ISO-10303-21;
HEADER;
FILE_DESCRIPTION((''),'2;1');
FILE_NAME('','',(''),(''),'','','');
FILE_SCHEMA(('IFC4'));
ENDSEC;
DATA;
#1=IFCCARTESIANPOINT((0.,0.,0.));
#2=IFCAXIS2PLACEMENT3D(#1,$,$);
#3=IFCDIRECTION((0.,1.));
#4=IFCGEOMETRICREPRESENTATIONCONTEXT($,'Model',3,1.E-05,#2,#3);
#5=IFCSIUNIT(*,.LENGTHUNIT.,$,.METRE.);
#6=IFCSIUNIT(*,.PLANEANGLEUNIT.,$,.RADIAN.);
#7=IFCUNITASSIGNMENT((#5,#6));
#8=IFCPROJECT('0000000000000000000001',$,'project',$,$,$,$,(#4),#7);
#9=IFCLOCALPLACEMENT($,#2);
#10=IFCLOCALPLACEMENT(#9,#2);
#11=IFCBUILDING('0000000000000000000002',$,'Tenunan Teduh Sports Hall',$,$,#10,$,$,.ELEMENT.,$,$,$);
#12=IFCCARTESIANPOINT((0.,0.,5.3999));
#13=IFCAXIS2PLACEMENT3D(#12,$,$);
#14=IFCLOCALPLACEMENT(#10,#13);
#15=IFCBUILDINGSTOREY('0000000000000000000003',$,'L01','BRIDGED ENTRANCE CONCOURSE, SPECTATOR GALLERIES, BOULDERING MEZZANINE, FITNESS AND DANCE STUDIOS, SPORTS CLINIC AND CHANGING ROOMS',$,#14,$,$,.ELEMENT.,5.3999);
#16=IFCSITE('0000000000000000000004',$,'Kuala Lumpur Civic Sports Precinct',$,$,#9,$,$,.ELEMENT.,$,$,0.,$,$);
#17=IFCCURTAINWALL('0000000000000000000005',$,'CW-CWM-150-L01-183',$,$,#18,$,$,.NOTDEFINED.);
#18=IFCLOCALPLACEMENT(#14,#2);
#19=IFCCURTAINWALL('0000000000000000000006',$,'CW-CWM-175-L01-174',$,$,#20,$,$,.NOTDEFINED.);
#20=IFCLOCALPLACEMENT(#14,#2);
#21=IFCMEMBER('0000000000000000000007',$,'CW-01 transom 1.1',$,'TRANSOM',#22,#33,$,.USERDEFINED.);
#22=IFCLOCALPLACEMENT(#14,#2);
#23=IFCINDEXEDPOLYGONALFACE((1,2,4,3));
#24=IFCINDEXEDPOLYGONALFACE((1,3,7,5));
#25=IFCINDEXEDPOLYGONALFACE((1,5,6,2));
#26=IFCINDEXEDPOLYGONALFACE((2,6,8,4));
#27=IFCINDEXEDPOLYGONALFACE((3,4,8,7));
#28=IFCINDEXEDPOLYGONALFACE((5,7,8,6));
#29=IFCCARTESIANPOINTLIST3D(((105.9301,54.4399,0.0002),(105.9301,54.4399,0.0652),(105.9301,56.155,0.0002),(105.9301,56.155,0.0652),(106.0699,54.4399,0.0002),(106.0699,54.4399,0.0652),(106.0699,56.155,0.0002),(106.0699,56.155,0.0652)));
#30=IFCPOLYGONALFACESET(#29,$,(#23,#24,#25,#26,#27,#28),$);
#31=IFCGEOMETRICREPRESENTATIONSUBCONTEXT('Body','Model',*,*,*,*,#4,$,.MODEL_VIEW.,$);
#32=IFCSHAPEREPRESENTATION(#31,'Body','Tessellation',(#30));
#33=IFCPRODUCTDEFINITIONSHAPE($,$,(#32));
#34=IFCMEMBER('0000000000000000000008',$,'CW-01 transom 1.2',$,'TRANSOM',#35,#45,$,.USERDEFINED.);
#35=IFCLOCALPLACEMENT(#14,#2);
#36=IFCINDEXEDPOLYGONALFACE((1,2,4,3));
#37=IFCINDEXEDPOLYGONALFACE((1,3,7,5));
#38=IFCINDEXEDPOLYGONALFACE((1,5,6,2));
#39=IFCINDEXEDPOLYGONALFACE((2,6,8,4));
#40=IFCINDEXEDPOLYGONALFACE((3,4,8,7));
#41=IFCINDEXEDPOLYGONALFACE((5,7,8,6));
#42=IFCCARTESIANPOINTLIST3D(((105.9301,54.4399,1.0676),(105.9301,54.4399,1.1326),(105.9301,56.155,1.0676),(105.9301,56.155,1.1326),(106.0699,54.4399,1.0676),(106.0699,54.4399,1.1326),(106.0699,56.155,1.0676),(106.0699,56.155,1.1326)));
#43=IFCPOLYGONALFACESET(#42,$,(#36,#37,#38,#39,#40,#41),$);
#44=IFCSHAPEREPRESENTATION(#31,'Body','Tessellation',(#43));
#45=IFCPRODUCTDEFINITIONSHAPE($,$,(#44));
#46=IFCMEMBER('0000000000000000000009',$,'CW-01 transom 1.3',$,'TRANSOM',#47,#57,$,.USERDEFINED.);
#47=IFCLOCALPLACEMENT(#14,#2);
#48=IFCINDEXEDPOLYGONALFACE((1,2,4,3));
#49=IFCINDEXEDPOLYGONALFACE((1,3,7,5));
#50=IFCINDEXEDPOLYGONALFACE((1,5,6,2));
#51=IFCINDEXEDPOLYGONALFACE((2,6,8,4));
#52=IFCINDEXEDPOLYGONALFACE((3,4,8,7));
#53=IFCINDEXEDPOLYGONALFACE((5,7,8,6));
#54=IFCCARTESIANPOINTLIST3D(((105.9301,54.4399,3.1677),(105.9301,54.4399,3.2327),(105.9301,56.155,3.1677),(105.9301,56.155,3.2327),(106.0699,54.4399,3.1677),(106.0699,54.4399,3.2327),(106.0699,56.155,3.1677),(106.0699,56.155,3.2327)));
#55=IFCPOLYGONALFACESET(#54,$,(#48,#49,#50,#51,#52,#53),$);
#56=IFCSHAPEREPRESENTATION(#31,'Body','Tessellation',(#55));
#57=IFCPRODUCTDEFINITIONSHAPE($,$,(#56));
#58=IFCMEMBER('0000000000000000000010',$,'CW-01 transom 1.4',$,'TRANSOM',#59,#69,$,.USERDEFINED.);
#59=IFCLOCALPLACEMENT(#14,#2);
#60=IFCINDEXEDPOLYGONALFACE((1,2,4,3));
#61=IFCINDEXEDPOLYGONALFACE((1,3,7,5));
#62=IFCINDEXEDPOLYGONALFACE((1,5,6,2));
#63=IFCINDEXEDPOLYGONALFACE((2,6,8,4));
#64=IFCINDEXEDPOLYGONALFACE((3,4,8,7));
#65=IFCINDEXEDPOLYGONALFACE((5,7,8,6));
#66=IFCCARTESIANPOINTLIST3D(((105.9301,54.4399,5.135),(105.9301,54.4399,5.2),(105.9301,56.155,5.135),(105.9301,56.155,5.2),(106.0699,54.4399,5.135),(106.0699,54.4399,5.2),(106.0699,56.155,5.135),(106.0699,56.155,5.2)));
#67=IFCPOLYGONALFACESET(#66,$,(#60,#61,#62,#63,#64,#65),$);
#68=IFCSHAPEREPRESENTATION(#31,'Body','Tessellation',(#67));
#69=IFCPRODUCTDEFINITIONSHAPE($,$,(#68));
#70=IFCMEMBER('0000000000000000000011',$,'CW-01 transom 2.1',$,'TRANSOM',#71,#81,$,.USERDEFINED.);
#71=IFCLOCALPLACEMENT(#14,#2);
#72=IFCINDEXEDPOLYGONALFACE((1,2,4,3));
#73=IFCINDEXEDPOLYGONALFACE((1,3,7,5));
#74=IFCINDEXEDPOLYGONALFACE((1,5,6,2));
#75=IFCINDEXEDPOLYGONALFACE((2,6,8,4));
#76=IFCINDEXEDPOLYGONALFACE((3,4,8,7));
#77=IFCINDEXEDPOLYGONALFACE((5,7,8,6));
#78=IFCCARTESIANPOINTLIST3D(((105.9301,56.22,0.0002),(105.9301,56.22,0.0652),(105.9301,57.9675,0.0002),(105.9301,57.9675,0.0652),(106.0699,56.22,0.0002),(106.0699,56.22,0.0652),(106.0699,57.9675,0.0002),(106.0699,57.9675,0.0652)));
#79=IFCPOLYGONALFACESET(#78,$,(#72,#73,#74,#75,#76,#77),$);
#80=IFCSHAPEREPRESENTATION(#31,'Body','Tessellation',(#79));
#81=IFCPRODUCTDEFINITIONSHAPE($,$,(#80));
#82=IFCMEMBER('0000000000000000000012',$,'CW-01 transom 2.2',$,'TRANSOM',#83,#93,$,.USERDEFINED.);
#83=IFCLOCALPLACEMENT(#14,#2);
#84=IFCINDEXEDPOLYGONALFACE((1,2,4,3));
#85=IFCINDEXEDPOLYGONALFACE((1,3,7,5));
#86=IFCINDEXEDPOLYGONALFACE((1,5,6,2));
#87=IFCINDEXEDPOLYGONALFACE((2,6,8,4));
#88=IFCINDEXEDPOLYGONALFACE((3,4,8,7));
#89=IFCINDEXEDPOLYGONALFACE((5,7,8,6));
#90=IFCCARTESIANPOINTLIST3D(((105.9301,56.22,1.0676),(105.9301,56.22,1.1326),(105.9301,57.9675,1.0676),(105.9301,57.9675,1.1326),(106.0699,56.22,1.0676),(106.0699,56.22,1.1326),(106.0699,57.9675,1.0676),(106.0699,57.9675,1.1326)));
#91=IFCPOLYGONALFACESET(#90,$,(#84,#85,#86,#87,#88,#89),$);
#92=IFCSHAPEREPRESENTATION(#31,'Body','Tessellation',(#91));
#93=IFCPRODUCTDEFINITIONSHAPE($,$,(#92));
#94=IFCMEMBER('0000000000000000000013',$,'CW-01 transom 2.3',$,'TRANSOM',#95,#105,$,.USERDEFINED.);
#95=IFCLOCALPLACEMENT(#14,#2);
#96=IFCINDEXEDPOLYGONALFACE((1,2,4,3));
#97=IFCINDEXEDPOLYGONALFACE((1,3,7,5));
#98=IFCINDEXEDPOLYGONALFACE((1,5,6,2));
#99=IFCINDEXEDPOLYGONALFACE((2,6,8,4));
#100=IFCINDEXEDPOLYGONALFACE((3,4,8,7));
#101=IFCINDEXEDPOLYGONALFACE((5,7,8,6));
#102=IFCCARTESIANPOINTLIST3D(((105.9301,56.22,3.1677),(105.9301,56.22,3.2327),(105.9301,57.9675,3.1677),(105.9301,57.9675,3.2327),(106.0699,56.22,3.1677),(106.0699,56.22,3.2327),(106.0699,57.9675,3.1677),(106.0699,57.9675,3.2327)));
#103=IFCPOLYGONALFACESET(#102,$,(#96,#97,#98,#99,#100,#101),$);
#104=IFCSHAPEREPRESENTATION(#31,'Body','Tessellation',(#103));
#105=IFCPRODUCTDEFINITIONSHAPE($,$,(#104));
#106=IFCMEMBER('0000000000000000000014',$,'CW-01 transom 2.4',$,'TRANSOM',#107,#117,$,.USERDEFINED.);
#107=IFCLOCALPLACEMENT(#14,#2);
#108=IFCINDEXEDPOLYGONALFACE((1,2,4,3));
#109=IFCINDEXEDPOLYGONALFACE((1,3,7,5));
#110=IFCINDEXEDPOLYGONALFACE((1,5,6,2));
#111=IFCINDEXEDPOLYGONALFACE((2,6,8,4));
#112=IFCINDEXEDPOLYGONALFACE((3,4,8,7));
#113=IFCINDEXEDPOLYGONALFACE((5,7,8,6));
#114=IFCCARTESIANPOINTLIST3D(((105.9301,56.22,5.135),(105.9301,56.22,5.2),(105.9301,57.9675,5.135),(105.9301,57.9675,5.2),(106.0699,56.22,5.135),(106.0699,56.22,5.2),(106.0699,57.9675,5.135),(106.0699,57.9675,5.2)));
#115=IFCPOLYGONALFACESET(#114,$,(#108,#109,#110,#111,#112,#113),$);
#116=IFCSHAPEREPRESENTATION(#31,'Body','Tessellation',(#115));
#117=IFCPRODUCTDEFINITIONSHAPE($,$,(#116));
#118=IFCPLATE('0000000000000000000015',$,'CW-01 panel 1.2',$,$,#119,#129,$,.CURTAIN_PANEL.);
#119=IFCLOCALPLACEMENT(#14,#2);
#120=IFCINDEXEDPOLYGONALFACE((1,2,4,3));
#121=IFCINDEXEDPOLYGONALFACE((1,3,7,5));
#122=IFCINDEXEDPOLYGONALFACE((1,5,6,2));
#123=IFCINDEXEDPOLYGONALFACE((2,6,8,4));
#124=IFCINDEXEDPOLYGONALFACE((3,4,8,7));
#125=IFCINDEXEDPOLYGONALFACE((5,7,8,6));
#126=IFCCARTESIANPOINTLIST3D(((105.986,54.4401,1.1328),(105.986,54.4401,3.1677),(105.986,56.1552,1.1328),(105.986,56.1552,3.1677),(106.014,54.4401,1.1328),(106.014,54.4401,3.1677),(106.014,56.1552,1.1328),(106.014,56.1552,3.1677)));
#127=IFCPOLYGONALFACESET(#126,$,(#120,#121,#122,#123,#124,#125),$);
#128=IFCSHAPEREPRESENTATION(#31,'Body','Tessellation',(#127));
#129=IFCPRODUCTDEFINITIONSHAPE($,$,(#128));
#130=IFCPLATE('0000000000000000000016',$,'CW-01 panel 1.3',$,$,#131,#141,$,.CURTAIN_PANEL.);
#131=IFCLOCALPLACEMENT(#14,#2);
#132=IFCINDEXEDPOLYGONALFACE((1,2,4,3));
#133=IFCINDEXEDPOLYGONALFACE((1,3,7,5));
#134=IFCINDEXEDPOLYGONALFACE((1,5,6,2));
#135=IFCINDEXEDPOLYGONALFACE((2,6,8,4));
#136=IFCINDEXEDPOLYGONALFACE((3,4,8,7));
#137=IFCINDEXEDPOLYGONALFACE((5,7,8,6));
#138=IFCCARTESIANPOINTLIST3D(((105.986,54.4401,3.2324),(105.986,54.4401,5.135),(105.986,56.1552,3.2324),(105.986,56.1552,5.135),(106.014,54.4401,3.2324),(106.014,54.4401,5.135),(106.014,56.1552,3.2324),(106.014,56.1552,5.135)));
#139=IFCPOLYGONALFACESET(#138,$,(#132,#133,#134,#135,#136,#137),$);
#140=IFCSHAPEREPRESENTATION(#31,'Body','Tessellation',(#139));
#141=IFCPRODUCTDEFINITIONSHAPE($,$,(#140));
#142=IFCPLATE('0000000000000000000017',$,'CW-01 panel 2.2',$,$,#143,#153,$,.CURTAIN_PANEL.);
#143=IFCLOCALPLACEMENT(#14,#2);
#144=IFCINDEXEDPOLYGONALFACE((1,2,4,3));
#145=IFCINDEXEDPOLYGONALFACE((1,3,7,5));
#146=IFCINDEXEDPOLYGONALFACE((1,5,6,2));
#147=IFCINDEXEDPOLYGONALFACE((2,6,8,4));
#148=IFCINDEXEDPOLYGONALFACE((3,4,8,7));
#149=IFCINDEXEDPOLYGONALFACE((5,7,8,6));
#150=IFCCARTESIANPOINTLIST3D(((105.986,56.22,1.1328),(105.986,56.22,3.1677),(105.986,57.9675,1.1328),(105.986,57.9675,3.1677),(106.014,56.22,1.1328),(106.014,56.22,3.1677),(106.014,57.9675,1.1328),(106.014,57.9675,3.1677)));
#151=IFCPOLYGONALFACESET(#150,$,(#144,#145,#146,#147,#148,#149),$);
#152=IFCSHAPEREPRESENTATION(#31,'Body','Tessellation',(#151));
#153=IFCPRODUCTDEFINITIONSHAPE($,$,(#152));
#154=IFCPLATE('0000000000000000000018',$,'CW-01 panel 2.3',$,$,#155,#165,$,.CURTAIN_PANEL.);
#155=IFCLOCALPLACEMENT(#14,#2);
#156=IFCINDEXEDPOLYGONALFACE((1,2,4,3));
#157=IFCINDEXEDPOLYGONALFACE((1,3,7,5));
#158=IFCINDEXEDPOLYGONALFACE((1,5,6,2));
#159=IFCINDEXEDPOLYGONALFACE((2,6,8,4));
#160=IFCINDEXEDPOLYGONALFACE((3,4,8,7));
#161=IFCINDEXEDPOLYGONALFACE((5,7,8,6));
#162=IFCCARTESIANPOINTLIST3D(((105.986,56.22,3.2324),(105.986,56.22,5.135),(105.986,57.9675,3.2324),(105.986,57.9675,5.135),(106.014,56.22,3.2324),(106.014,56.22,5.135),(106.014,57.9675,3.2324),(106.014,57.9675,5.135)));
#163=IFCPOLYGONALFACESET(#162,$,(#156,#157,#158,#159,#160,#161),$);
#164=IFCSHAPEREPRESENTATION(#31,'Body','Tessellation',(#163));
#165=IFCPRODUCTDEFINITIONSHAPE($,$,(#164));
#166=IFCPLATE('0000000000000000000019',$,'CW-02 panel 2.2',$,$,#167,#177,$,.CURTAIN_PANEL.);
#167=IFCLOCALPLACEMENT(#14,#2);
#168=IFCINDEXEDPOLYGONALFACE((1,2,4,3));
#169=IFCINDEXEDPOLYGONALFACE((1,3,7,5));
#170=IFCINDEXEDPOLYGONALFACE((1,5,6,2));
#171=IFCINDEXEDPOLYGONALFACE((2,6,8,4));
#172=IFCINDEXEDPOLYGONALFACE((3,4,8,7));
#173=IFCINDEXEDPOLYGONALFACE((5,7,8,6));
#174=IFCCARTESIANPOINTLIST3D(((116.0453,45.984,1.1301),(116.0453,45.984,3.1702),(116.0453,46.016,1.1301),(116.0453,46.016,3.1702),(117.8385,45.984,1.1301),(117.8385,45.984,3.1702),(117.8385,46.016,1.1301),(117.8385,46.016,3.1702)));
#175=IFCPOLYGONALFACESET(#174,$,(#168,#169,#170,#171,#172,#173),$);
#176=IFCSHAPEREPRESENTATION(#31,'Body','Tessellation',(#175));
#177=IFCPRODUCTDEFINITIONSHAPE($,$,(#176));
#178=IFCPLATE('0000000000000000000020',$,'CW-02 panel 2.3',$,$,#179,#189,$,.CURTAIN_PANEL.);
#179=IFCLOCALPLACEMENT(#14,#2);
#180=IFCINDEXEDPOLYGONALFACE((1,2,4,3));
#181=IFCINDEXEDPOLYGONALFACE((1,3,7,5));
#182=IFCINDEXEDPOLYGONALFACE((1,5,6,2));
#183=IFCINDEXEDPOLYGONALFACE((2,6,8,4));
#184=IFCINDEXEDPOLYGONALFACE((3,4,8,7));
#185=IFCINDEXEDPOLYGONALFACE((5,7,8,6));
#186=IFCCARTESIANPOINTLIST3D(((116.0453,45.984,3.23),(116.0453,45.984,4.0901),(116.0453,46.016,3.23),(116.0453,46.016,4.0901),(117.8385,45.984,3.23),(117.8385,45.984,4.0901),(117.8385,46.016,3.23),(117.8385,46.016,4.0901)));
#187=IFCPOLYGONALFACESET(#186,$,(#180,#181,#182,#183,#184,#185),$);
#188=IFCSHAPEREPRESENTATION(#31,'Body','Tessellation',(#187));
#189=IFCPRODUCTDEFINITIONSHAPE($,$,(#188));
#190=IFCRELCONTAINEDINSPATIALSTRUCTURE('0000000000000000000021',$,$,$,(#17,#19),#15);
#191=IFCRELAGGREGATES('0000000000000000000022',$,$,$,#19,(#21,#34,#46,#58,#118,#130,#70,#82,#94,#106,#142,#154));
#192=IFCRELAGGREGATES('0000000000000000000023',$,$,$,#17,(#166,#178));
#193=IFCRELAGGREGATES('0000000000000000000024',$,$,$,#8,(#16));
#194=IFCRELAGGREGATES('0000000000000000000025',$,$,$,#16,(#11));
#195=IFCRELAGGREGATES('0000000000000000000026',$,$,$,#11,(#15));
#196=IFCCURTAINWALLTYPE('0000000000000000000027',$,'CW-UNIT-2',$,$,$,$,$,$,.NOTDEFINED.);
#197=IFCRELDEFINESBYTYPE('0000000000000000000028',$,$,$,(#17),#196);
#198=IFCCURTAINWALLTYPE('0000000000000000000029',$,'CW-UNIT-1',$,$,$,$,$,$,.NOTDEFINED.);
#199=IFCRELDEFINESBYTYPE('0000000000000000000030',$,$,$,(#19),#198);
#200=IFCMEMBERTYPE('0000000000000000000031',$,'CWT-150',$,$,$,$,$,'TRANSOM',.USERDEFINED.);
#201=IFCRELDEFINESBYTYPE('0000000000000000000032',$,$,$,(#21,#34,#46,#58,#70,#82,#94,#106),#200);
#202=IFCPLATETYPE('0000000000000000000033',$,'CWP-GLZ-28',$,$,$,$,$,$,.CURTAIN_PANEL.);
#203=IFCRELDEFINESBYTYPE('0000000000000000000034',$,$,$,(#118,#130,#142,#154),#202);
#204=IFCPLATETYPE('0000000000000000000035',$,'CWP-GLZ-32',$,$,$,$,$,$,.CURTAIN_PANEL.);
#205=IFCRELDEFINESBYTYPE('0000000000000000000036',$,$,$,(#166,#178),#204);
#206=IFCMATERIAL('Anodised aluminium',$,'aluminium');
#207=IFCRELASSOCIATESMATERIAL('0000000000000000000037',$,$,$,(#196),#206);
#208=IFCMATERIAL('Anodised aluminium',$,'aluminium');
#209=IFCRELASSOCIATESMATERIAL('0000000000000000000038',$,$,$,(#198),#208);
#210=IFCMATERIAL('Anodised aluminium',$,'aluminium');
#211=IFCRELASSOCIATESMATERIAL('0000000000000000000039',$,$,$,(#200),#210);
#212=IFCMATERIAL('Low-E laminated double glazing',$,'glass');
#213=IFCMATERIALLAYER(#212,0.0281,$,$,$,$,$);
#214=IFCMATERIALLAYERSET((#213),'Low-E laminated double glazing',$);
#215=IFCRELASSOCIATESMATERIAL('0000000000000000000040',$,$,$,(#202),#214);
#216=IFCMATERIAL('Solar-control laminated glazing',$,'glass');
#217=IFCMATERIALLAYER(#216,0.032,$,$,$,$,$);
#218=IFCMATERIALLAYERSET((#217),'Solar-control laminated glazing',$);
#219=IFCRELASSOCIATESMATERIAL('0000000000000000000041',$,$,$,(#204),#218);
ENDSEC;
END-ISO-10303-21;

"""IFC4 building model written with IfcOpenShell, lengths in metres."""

from ifc_helpers import new_model, si_unit, direction, frame, origin, origin_2d, place, context, subcontext, project, spatial, rectangle, extrude, material, layer, layer_set, material_profile, profile_set, type_object, element, aggregate, save


model = new_model("IFC4")

# Units and contexts
model_context = context("Model", 3, precision=1e-05, world=origin(), true_north=direction((0.0, 1.0)))
body_context = subcontext(model_context, "Body", "Model", "MODEL_VIEW")
ifc_project = project(units=[si_unit("LENGTHUNIT", "METRE"), si_unit("PLANEANGLEUNIT", "RADIAN")], contexts=[model_context])

# Site, building, storey
site_placement = place(None, origin())
site = spatial("IfcSite", under=ifc_project, at=site_placement, Name="Kuala Lumpur Civic Sports Precinct", CompositionType="ELEMENT", RefElevation=0.0)
building_placement = place(site_placement, origin())
building = spatial("IfcBuilding", under=site, at=building_placement, Name="Tenunan Teduh Sports Hall", CompositionType="ELEMENT")
storey_placement = place(building_placement, frame((0.0, 0.0, 5.3999)))
storey = spatial("IfcBuildingStorey", under=building, at=storey_placement, Name="L01", Description="BRIDGED ENTRANCE CONCOURSE, SPECTATOR GALLERIES, BOULDERING MEZZANINE, FITNESS AND DANCE STUDIOS, SPORTS CLINIC AND CHANGING ROOMS", CompositionType="ELEMENT", Elevation=5.3999)

# Curtain walls
ifc_material_1 = material(Name="Anodised aluminium", Category="aluminium")
curtain_wall_type_1 = type_object("IfcCurtainWallType", Name="CW-UNIT-2", PredefinedType="NOTDEFINED", material=ifc_material_1)
curtain_wall_1_placement = place(storey_placement, origin())
curtain_wall_1 = element("IfcCurtainWall", 1, at=curtain_wall_1_placement, inside=storey, type_object=curtain_wall_type_1, Name="CW-CWM-150-L01-183", PredefinedType="NOTDEFINED")
ifc_material_2 = material(Name="Anodised aluminium", Category="aluminium")
curtain_wall_type_2 = type_object("IfcCurtainWallType", Name="CW-UNIT-1", PredefinedType="NOTDEFINED", material=ifc_material_2)
curtain_wall_2_placement = place(storey_placement, origin())
curtain_wall_2 = element("IfcCurtainWall", 2, at=curtain_wall_2_placement, inside=storey, type_object=curtain_wall_type_2, Name="CW-CWM-175-L01-174", PredefinedType="NOTDEFINED")

# Members
ifc_material_3 = material(Name="Anodised aluminium", Category="aluminium")
ifc_material_profile_1 = material_profile(ifc_material_3, rectangle(XDim=0.0649, YDim=0.1399, at=origin_2d()), Name="CWT 65x140")
ifc_profile_set_1 = profile_set([ifc_material_profile_1], Name="Anodised aluminium")
member_type_1 = type_object("IfcMemberType", Name="CWT-150", ElementType="TRANSOM", PredefinedType="USERDEFINED", material=ifc_profile_set_1)
member_1_placement = place(storey_placement, frame((106.0, 54.4399, 0.0327), z_axis=(0.0, 1.0, 0.0), x_axis=(0.0, 0.0, 1.0)))
member_1 = element("IfcMember", 3, at=member_1_placement, type_object=member_type_1, Name="CW-01 transom 1.1", ObjectType="TRANSOM", PredefinedType="USERDEFINED", context=body_context, shape_type="SweptSolid", body=[
    extrude(rectangle(XDim=0.0649, YDim=0.1399, at=origin_2d()), origin(), (0.0, 0.0, 1.0), 1.7151),
])
member_2_placement = place(storey_placement, frame((106.0, 54.4399, 1.1001), z_axis=(0.0, 1.0, 0.0), x_axis=(0.0, 0.0, 1.0)))
member_2 = element("IfcMember", 4, at=member_2_placement, type_object=member_type_1, Name="CW-01 transom 1.2", ObjectType="TRANSOM", PredefinedType="USERDEFINED", context=body_context, shape_type="SweptSolid", body=[
    extrude(rectangle(XDim=0.0649, YDim=0.1399, at=origin_2d()), origin(), (0.0, 0.0, 1.0), 1.7151),
])
member_3_placement = place(storey_placement, frame((106.0, 54.4399, 3.2002), z_axis=(0.0, 1.0, 0.0), x_axis=(0.0, 0.0, 1.0)))
member_3 = element("IfcMember", 5, at=member_3_placement, type_object=member_type_1, Name="CW-01 transom 1.3", ObjectType="TRANSOM", PredefinedType="USERDEFINED", context=body_context, shape_type="SweptSolid", body=[
    extrude(rectangle(XDim=0.0649, YDim=0.1399, at=origin_2d()), origin(), (0.0, 0.0, 1.0), 1.7151),
])
member_4_placement = place(storey_placement, frame((106.0, 54.4399, 5.1675), z_axis=(0.0, 1.0, 0.0), x_axis=(0.0, 0.0, 1.0)))
member_4 = element("IfcMember", 6, at=member_4_placement, type_object=member_type_1, Name="CW-01 transom 1.4", ObjectType="TRANSOM", PredefinedType="USERDEFINED", context=body_context, shape_type="SweptSolid", body=[
    extrude(rectangle(XDim=0.0649, YDim=0.1399, at=origin_2d()), origin(), (0.0, 0.0, 1.0), 1.7151),
])
member_5_placement = place(storey_placement, frame((106.0, 56.22, 0.0327), z_axis=(0.0, 1.0, 0.0), x_axis=(0.0, 0.0, 1.0)))
member_5 = element("IfcMember", 7, at=member_5_placement, type_object=member_type_1, Name="CW-01 transom 2.1", ObjectType="TRANSOM", PredefinedType="USERDEFINED", context=body_context, shape_type="SweptSolid", body=[
    extrude(rectangle(XDim=0.0649, YDim=0.1399, at=origin_2d()), origin(), (0.0, 0.0, 1.0), 1.7476),
])
member_6_placement = place(storey_placement, frame((106.0, 56.22, 1.1001), z_axis=(0.0, 1.0, 0.0), x_axis=(0.0, 0.0, 1.0)))
member_6 = element("IfcMember", 8, at=member_6_placement, type_object=member_type_1, Name="CW-01 transom 2.2", ObjectType="TRANSOM", PredefinedType="USERDEFINED", context=body_context, shape_type="SweptSolid", body=[
    extrude(rectangle(XDim=0.0649, YDim=0.1399, at=origin_2d()), origin(), (0.0, 0.0, 1.0), 1.7476),
])
member_7_placement = place(storey_placement, frame((106.0, 56.22, 3.2002), z_axis=(0.0, 1.0, 0.0), x_axis=(0.0, 0.0, 1.0)))
member_7 = element("IfcMember", 9, at=member_7_placement, type_object=member_type_1, Name="CW-01 transom 2.3", ObjectType="TRANSOM", PredefinedType="USERDEFINED", context=body_context, shape_type="SweptSolid", body=[
    extrude(rectangle(XDim=0.0649, YDim=0.1399, at=origin_2d()), origin(), (0.0, 0.0, 1.0), 1.7476),
])
member_8_placement = place(storey_placement, frame((106.0, 56.22, 5.1675), z_axis=(0.0, 1.0, 0.0), x_axis=(0.0, 0.0, 1.0)))
member_8 = element("IfcMember", 10, at=member_8_placement, type_object=member_type_1, Name="CW-01 transom 2.4", ObjectType="TRANSOM", PredefinedType="USERDEFINED", context=body_context, shape_type="SweptSolid", body=[
    extrude(rectangle(XDim=0.0649, YDim=0.1399, at=origin_2d()), origin(), (0.0, 0.0, 1.0), 1.7476),
])

# Plates
ifc_material_4 = material(Name="Low-E laminated double glazing", Category="glass")
ifc_layer_1 = layer(ifc_material_4, 0.0281)
ifc_layer_set_1 = layer_set([ifc_layer_1], Name="Low-E laminated double glazing")
plate_type_1 = type_object("IfcPlateType", Name="CWP-GLZ-28", PredefinedType="CURTAIN_PANEL", material=ifc_layer_set_1)
plate_1_placement = place(storey_placement, frame((106.0, 55.2976, 1.1328), z_axis=(0.0, 0.0, 1.0), x_axis=(0.0, 1.0, 0.0)))
plate_1 = element("IfcPlate", 11, at=plate_1_placement, type_object=plate_type_1, Name="CW-01 panel 1.2", PredefinedType="CURTAIN_PANEL", context=body_context, shape_type="SweptSolid", body=[
    extrude(rectangle(XDim=1.7151, YDim=0.0281, at=origin_2d()), origin(), (0.0, 0.0, 1.0), 2.0349),
])
plate_2_placement = place(storey_placement, frame((106.0, 55.2976, 3.2324), z_axis=(0.0, 0.0, 1.0), x_axis=(0.0, 1.0, 0.0)))
plate_2 = element("IfcPlate", 12, at=plate_2_placement, type_object=plate_type_1, Name="CW-01 panel 1.3", PredefinedType="CURTAIN_PANEL", context=body_context, shape_type="SweptSolid", body=[
    extrude(rectangle(XDim=1.7151, YDim=0.0281, at=origin_2d()), origin(), (0.0, 0.0, 1.0), 1.9026),
])
plate_3_placement = place(storey_placement, frame((106.0, 57.0938, 1.1328), z_axis=(0.0, 0.0, 1.0), x_axis=(0.0, 1.0, 0.0)))
plate_3 = element("IfcPlate", 13, at=plate_3_placement, type_object=plate_type_1, Name="CW-01 panel 2.2", PredefinedType="CURTAIN_PANEL", context=body_context, shape_type="SweptSolid", body=[
    extrude(rectangle(XDim=1.7476, YDim=0.0281, at=origin_2d()), origin(), (0.0, 0.0, 1.0), 2.0349),
])
plate_4_placement = place(storey_placement, frame((106.0, 57.0938, 3.2324), z_axis=(0.0, 0.0, 1.0), x_axis=(0.0, 1.0, 0.0)))
plate_4 = element("IfcPlate", 14, at=plate_4_placement, type_object=plate_type_1, Name="CW-01 panel 2.3", PredefinedType="CURTAIN_PANEL", context=body_context, shape_type="SweptSolid", body=[
    extrude(rectangle(XDim=1.7476, YDim=0.0281, at=origin_2d()), origin(), (0.0, 0.0, 1.0), 1.9026),
])
ifc_material_5 = material(Name="Solar-control laminated glazing", Category="glass")
ifc_layer_2 = layer(ifc_material_5, 0.032)
ifc_layer_set_2 = layer_set([ifc_layer_2], Name="Solar-control laminated glazing")
plate_type_2 = type_object("IfcPlateType", Name="CWP-GLZ-32", PredefinedType="CURTAIN_PANEL", material=ifc_layer_set_2)
plate_5_placement = place(storey_placement, frame((116.9419, 46.0, 1.1301), z_axis=(0.0, 0.0, 1.0), x_axis=(1.0, 0.0, 0.0)))
plate_5 = element("IfcPlate", 15, at=plate_5_placement, type_object=plate_type_2, Name="CW-02 panel 2.2", PredefinedType="CURTAIN_PANEL", context=body_context, shape_type="SweptSolid", body=[
    extrude(rectangle(XDim=1.7932, YDim=0.032, at=origin_2d()), origin(), (0.0, 0.0, 1.0), 2.04),
])
plate_6_placement = place(storey_placement, frame((116.9419, 46.0, 3.23), z_axis=(0.0, 0.0, 1.0), x_axis=(1.0, 0.0, 0.0)))
plate_6 = element("IfcPlate", 16, at=plate_6_placement, type_object=plate_type_2, Name="CW-02 panel 2.3", PredefinedType="CURTAIN_PANEL", context=body_context, shape_type="SweptSolid", body=[
    extrude(rectangle(XDim=1.7932, YDim=0.032, at=origin_2d()), origin(), (0.0, 0.0, 1.0), 0.8601),
])
aggregate(curtain_wall_2, [member_1, member_2, member_3, member_4, plate_1, plate_2, member_5, member_6, member_7, member_8, plate_3, plate_4])
aggregate(curtain_wall_1, [plate_5, plate_6])

save(model, "model.ifc")
